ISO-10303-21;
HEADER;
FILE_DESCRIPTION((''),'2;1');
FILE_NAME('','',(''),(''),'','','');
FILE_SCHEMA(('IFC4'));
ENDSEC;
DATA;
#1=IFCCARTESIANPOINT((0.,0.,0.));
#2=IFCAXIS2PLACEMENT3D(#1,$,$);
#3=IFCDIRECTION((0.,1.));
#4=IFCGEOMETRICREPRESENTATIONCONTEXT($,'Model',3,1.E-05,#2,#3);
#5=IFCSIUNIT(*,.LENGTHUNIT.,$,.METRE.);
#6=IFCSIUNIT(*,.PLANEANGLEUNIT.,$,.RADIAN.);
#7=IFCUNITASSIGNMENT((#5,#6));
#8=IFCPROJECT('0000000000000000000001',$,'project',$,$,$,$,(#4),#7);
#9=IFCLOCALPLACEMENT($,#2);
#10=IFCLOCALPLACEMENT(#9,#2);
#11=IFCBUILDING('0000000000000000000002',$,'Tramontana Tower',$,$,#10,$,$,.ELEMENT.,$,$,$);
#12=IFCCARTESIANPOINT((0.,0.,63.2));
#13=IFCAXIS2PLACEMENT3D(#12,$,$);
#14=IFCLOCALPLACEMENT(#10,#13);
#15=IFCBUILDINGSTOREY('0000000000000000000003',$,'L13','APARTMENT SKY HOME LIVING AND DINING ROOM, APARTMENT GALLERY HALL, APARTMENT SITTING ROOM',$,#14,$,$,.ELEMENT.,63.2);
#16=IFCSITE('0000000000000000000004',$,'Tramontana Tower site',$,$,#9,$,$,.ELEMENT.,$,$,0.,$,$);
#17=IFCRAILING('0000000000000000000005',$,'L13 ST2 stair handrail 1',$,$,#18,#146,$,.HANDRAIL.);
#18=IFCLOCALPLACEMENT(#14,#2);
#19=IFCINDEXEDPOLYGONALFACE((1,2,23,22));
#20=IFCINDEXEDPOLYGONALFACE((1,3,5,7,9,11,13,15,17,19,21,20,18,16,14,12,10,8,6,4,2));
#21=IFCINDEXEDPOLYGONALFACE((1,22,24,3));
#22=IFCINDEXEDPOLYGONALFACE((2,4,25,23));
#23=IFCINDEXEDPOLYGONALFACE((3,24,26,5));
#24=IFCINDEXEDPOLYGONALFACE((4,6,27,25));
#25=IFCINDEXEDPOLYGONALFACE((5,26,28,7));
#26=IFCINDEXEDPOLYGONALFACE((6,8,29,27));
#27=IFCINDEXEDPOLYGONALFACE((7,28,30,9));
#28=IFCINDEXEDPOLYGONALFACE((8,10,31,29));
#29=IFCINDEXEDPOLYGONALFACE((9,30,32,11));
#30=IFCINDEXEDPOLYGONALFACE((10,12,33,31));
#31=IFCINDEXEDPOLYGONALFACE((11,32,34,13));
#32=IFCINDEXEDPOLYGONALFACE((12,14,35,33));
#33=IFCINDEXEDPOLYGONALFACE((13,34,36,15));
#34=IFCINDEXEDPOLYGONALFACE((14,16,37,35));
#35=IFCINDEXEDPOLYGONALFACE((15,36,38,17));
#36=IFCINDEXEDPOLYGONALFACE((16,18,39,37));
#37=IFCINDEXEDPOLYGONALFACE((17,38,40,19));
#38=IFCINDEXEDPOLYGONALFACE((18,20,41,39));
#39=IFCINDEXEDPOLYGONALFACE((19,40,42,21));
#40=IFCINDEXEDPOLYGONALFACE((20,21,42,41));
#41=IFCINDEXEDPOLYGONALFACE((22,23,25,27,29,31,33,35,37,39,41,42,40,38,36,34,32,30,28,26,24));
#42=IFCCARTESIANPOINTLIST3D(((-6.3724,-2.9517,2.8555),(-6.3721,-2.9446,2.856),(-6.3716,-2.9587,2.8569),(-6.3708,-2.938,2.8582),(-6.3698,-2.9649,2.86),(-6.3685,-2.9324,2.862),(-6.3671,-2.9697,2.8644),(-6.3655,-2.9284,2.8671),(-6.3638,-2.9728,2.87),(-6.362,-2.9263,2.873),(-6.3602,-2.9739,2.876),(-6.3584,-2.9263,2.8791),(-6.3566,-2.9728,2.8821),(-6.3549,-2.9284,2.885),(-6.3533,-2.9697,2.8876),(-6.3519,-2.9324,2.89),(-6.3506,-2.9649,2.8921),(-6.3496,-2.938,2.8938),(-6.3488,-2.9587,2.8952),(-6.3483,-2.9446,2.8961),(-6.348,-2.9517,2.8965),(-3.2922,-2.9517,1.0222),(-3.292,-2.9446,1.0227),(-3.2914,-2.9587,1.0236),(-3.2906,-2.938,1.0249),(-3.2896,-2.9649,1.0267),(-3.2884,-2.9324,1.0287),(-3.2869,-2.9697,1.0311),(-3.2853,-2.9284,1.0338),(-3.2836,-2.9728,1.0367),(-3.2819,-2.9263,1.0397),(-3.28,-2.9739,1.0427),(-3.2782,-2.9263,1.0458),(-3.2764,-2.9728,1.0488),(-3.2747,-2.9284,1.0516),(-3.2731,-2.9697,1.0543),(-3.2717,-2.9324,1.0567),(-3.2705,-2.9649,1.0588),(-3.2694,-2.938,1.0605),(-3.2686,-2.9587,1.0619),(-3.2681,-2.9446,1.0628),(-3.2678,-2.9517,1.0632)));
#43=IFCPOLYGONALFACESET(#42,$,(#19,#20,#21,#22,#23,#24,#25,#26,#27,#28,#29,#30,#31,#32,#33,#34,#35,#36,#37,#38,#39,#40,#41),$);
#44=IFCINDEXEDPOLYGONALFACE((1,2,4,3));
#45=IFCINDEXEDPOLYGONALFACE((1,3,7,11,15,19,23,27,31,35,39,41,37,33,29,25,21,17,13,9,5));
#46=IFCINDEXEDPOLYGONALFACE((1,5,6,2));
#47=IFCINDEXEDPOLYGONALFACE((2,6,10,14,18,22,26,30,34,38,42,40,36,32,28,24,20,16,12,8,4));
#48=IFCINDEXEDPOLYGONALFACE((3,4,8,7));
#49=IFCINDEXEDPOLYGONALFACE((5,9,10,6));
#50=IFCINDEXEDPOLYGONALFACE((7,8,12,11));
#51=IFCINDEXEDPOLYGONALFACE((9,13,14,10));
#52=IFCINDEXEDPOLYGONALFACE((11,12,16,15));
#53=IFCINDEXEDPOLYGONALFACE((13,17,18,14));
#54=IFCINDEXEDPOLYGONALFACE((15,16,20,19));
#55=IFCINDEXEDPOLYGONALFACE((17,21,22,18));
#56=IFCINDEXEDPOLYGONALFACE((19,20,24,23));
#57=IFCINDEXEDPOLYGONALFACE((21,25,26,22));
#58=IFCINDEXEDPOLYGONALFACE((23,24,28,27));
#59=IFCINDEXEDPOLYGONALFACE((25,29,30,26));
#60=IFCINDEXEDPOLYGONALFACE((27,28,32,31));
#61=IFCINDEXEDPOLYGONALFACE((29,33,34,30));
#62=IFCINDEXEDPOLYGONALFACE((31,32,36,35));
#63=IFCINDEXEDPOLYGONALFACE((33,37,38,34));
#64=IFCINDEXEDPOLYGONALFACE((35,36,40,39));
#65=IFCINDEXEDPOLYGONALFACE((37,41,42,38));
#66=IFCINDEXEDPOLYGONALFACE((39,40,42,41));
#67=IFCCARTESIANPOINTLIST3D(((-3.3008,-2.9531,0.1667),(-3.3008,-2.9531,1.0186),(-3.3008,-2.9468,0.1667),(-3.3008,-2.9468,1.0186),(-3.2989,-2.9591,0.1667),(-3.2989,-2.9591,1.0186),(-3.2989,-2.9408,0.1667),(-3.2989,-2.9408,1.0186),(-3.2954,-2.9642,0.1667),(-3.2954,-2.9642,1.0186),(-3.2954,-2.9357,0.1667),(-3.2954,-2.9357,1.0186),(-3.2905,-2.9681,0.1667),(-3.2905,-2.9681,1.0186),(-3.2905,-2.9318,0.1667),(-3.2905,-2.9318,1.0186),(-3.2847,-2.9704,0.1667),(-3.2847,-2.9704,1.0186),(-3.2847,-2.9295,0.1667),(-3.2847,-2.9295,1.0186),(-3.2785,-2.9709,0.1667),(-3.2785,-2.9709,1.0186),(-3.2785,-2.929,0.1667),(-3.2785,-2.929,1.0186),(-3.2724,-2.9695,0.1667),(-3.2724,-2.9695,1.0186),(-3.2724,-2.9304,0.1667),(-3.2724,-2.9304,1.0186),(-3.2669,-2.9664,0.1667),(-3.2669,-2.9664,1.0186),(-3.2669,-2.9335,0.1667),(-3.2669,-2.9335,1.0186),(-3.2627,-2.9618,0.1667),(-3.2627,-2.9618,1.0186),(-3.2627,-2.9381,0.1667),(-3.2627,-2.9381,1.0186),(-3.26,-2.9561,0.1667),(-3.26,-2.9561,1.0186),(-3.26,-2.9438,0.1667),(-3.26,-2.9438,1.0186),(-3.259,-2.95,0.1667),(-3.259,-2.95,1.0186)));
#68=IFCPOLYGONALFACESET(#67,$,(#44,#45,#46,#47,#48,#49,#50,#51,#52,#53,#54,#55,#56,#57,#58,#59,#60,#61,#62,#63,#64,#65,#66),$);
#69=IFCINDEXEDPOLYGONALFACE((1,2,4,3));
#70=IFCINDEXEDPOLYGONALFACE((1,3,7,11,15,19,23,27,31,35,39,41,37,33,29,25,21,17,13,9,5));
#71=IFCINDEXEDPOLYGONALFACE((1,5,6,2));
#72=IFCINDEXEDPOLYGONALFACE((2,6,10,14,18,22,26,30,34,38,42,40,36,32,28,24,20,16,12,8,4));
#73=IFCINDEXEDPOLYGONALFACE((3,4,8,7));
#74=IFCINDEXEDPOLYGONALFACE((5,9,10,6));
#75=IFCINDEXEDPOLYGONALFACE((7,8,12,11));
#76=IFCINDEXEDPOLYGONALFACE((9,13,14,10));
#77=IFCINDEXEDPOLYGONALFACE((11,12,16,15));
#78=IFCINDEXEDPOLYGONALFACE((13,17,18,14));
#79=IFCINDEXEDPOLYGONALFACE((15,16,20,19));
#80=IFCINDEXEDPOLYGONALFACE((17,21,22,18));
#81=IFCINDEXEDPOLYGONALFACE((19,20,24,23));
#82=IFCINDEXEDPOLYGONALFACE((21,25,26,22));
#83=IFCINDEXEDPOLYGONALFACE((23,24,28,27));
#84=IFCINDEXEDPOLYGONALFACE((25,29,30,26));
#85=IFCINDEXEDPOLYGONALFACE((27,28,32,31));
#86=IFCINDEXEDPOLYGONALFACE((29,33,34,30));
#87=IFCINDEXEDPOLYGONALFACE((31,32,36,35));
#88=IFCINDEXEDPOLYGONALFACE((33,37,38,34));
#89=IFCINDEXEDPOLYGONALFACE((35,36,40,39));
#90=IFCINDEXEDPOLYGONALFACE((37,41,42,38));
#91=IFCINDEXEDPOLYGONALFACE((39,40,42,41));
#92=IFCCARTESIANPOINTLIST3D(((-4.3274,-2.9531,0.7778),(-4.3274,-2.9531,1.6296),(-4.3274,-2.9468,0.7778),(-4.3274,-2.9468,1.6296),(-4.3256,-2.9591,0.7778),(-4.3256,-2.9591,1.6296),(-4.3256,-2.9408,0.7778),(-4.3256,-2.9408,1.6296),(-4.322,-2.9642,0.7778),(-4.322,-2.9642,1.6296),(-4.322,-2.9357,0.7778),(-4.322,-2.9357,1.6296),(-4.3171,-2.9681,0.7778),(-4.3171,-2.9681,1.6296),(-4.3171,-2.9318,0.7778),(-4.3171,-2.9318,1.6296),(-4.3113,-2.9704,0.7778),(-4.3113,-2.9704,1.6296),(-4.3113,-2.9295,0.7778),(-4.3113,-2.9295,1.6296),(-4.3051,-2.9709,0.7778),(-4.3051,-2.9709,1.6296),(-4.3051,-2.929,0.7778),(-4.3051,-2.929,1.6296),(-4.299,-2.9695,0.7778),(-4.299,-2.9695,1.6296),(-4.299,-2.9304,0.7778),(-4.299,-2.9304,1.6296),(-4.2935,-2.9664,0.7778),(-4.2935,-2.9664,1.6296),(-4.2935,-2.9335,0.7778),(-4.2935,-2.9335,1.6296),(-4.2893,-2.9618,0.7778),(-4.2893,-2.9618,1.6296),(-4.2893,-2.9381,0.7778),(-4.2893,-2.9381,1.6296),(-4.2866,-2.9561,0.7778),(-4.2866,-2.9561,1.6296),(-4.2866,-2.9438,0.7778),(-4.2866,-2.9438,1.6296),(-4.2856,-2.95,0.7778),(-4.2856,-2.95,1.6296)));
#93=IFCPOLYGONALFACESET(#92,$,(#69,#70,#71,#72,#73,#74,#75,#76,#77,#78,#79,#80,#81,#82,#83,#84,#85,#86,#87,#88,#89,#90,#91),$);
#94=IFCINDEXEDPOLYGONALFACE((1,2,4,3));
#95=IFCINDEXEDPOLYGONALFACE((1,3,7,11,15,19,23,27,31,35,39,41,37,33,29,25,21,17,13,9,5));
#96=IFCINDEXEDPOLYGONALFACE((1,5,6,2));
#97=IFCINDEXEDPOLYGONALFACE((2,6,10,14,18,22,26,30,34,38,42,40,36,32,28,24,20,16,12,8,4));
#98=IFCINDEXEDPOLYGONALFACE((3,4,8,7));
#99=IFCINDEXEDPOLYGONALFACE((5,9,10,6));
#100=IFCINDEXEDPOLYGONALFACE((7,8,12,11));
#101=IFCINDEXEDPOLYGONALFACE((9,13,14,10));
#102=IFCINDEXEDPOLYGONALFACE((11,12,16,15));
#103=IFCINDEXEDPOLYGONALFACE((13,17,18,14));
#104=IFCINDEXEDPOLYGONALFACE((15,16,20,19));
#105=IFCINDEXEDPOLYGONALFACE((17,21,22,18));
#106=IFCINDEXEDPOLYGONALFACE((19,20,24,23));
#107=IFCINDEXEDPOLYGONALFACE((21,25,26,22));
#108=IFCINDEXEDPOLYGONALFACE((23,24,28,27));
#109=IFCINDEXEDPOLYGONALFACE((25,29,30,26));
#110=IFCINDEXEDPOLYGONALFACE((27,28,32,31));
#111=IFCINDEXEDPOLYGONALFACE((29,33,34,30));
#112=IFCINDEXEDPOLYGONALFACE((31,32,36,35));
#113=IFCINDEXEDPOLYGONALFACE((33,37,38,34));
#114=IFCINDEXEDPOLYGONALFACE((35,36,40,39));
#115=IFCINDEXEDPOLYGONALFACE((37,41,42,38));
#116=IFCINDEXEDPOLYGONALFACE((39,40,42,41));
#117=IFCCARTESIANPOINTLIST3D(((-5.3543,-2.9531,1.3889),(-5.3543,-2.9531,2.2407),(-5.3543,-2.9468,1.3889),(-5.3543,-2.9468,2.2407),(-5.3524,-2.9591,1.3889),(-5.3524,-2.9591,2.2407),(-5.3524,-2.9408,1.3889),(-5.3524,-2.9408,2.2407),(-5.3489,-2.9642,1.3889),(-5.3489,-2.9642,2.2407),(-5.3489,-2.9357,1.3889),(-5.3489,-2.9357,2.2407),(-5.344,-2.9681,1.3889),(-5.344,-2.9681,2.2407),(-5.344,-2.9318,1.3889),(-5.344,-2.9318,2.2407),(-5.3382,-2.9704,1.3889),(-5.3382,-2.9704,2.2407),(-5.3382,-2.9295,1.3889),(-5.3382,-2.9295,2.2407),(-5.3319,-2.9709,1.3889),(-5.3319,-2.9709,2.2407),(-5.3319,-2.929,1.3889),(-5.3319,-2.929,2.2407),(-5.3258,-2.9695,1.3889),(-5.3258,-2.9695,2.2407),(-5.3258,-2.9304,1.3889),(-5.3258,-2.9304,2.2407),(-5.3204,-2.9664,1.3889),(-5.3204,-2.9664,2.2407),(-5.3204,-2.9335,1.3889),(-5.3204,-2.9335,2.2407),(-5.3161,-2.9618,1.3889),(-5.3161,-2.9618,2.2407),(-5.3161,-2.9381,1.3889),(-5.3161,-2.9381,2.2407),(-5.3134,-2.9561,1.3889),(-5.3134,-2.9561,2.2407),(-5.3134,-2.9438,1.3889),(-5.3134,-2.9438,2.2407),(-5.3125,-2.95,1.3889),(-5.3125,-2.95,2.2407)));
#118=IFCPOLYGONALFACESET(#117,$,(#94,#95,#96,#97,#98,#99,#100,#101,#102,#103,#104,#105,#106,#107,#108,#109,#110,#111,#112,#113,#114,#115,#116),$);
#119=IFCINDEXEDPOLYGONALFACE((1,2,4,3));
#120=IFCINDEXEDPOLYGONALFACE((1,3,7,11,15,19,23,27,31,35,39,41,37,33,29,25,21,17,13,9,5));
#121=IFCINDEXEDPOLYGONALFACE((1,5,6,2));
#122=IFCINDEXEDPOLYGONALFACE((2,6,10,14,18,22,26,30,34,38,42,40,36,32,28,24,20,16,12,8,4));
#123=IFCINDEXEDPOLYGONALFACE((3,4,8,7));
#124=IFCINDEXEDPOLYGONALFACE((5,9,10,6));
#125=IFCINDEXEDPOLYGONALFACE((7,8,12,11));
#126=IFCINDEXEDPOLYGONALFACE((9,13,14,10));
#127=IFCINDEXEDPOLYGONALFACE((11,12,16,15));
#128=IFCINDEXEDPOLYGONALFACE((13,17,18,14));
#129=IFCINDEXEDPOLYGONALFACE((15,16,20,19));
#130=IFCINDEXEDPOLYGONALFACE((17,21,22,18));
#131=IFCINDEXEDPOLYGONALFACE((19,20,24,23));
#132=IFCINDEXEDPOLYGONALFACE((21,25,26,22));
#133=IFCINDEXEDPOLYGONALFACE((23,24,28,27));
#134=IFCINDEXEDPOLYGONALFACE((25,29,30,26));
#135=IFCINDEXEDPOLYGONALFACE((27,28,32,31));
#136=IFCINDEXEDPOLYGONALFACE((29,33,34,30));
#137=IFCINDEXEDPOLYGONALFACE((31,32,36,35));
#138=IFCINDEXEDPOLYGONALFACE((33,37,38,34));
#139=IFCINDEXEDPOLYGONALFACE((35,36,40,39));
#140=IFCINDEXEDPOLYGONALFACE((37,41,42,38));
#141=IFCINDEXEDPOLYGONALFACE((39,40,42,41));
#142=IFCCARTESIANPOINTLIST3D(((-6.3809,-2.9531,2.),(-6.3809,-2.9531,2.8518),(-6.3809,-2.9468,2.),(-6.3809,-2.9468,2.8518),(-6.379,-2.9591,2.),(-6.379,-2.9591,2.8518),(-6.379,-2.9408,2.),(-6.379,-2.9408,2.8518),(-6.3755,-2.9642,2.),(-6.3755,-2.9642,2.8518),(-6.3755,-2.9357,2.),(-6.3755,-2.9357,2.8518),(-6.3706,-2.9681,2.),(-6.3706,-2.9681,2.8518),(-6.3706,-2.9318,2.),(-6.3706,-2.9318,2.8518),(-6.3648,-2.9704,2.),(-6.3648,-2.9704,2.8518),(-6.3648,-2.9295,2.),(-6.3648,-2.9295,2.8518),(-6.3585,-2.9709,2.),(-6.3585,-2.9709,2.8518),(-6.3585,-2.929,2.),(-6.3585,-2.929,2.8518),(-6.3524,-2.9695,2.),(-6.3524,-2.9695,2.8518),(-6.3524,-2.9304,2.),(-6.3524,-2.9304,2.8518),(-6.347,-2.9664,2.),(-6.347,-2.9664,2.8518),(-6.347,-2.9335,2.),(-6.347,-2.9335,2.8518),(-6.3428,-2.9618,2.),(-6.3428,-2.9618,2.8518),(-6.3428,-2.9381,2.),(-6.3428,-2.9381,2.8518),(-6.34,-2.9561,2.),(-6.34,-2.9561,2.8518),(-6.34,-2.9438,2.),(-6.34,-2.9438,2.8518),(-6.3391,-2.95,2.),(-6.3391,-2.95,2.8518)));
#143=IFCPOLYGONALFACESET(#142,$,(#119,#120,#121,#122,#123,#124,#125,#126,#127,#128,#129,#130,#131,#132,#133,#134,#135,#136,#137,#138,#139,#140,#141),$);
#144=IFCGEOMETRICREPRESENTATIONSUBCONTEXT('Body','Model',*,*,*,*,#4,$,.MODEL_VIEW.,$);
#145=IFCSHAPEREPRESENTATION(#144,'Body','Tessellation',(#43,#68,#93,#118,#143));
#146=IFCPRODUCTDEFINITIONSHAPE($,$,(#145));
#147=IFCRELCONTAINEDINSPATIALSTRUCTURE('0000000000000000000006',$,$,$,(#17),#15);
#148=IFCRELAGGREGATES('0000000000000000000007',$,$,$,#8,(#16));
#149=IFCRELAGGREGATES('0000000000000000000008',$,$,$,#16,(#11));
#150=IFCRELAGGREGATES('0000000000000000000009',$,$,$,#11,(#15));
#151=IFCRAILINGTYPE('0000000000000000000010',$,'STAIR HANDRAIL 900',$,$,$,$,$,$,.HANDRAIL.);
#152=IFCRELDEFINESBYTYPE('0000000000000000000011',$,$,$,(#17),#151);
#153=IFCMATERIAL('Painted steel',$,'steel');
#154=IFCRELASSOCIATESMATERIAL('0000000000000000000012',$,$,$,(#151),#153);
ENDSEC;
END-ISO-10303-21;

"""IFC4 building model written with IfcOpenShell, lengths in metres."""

from ifc_helpers import new_model, si_unit, direction, frame, origin, origin_2d, place, context, subcontext, project, spatial, circle, extrude, material, type_object, element, save


model = new_model("IFC4")

# Units and contexts
model_context = context("Model", 3, precision=1e-05, world=origin(), true_north=direction((0.0, 1.0)))
body_context = subcontext(model_context, "Body", "Model", "MODEL_VIEW")
ifc_project = project(units=[si_unit("LENGTHUNIT", "METRE"), si_unit("PLANEANGLEUNIT", "RADIAN")], contexts=[model_context])

# Site, building, storey
site_placement = place(None, origin())
site = spatial("IfcSite", under=ifc_project, at=site_placement, Name="Tramontana Tower site", CompositionType="ELEMENT", RefElevation=0.0)
building_placement = place(site_placement, origin())
building = spatial("IfcBuilding", under=site, at=building_placement, Name="Tramontana Tower", CompositionType="ELEMENT")
storey_placement = place(building_placement, frame((0.0, 0.0, 63.2)))
storey = spatial("IfcBuildingStorey", under=building, at=storey_placement, Name="L13", Description="APARTMENT SKY HOME LIVING AND DINING ROOM, APARTMENT GALLERY HALL, APARTMENT SITTING ROOM", CompositionType="ELEMENT", Elevation=63.2)

# Railing
ifc_material_1 = material(Name="Painted steel", Category="steel")
railing_type_1 = type_object("IfcRailingType", Name="STAIR HANDRAIL 900", PredefinedType="HANDRAIL", material=ifc_material_1)
railing_1_placement = place(storey_placement, frame((-3.28, -2.95, 0.1667)))
element("IfcRailing", 1, at=railing_1_placement, inside=storey, type_object=railing_type_1, Name="L13 ST2 stair handrail 1", PredefinedType="HANDRAIL", context=body_context, shape_type="SweptSolid", body=[
    extrude(circle(Radius=0.0239, at=origin_2d()), frame((0.0, 0.0, 0.876), z_axis=(-0.859309, 0.0, 0.511458), x_axis=(0.0, -1.0, 0.0)), (0.0, 0.0, 1.0), 3.5845),
    extrude(circle(Radius=0.021, at=origin_2d()), origin(), (0.0, 0.0, 1.0), 0.8518),
    extrude(circle(Radius=0.021, at=origin_2d()), frame((-1.0266, 0.0, 0.6111)), (0.0, 0.0, 1.0), 0.8518),
    extrude(circle(Radius=0.021, at=origin_2d()), frame((-2.0535, 0.0, 1.2222)), (0.0, 0.0, 1.0), 0.8518),
    extrude(circle(Radius=0.021, at=origin_2d()), frame((-3.0801, 0.0, 1.8333)), (0.0, 0.0, 1.0), 0.8518),
])

save(model, "model.ifc")
